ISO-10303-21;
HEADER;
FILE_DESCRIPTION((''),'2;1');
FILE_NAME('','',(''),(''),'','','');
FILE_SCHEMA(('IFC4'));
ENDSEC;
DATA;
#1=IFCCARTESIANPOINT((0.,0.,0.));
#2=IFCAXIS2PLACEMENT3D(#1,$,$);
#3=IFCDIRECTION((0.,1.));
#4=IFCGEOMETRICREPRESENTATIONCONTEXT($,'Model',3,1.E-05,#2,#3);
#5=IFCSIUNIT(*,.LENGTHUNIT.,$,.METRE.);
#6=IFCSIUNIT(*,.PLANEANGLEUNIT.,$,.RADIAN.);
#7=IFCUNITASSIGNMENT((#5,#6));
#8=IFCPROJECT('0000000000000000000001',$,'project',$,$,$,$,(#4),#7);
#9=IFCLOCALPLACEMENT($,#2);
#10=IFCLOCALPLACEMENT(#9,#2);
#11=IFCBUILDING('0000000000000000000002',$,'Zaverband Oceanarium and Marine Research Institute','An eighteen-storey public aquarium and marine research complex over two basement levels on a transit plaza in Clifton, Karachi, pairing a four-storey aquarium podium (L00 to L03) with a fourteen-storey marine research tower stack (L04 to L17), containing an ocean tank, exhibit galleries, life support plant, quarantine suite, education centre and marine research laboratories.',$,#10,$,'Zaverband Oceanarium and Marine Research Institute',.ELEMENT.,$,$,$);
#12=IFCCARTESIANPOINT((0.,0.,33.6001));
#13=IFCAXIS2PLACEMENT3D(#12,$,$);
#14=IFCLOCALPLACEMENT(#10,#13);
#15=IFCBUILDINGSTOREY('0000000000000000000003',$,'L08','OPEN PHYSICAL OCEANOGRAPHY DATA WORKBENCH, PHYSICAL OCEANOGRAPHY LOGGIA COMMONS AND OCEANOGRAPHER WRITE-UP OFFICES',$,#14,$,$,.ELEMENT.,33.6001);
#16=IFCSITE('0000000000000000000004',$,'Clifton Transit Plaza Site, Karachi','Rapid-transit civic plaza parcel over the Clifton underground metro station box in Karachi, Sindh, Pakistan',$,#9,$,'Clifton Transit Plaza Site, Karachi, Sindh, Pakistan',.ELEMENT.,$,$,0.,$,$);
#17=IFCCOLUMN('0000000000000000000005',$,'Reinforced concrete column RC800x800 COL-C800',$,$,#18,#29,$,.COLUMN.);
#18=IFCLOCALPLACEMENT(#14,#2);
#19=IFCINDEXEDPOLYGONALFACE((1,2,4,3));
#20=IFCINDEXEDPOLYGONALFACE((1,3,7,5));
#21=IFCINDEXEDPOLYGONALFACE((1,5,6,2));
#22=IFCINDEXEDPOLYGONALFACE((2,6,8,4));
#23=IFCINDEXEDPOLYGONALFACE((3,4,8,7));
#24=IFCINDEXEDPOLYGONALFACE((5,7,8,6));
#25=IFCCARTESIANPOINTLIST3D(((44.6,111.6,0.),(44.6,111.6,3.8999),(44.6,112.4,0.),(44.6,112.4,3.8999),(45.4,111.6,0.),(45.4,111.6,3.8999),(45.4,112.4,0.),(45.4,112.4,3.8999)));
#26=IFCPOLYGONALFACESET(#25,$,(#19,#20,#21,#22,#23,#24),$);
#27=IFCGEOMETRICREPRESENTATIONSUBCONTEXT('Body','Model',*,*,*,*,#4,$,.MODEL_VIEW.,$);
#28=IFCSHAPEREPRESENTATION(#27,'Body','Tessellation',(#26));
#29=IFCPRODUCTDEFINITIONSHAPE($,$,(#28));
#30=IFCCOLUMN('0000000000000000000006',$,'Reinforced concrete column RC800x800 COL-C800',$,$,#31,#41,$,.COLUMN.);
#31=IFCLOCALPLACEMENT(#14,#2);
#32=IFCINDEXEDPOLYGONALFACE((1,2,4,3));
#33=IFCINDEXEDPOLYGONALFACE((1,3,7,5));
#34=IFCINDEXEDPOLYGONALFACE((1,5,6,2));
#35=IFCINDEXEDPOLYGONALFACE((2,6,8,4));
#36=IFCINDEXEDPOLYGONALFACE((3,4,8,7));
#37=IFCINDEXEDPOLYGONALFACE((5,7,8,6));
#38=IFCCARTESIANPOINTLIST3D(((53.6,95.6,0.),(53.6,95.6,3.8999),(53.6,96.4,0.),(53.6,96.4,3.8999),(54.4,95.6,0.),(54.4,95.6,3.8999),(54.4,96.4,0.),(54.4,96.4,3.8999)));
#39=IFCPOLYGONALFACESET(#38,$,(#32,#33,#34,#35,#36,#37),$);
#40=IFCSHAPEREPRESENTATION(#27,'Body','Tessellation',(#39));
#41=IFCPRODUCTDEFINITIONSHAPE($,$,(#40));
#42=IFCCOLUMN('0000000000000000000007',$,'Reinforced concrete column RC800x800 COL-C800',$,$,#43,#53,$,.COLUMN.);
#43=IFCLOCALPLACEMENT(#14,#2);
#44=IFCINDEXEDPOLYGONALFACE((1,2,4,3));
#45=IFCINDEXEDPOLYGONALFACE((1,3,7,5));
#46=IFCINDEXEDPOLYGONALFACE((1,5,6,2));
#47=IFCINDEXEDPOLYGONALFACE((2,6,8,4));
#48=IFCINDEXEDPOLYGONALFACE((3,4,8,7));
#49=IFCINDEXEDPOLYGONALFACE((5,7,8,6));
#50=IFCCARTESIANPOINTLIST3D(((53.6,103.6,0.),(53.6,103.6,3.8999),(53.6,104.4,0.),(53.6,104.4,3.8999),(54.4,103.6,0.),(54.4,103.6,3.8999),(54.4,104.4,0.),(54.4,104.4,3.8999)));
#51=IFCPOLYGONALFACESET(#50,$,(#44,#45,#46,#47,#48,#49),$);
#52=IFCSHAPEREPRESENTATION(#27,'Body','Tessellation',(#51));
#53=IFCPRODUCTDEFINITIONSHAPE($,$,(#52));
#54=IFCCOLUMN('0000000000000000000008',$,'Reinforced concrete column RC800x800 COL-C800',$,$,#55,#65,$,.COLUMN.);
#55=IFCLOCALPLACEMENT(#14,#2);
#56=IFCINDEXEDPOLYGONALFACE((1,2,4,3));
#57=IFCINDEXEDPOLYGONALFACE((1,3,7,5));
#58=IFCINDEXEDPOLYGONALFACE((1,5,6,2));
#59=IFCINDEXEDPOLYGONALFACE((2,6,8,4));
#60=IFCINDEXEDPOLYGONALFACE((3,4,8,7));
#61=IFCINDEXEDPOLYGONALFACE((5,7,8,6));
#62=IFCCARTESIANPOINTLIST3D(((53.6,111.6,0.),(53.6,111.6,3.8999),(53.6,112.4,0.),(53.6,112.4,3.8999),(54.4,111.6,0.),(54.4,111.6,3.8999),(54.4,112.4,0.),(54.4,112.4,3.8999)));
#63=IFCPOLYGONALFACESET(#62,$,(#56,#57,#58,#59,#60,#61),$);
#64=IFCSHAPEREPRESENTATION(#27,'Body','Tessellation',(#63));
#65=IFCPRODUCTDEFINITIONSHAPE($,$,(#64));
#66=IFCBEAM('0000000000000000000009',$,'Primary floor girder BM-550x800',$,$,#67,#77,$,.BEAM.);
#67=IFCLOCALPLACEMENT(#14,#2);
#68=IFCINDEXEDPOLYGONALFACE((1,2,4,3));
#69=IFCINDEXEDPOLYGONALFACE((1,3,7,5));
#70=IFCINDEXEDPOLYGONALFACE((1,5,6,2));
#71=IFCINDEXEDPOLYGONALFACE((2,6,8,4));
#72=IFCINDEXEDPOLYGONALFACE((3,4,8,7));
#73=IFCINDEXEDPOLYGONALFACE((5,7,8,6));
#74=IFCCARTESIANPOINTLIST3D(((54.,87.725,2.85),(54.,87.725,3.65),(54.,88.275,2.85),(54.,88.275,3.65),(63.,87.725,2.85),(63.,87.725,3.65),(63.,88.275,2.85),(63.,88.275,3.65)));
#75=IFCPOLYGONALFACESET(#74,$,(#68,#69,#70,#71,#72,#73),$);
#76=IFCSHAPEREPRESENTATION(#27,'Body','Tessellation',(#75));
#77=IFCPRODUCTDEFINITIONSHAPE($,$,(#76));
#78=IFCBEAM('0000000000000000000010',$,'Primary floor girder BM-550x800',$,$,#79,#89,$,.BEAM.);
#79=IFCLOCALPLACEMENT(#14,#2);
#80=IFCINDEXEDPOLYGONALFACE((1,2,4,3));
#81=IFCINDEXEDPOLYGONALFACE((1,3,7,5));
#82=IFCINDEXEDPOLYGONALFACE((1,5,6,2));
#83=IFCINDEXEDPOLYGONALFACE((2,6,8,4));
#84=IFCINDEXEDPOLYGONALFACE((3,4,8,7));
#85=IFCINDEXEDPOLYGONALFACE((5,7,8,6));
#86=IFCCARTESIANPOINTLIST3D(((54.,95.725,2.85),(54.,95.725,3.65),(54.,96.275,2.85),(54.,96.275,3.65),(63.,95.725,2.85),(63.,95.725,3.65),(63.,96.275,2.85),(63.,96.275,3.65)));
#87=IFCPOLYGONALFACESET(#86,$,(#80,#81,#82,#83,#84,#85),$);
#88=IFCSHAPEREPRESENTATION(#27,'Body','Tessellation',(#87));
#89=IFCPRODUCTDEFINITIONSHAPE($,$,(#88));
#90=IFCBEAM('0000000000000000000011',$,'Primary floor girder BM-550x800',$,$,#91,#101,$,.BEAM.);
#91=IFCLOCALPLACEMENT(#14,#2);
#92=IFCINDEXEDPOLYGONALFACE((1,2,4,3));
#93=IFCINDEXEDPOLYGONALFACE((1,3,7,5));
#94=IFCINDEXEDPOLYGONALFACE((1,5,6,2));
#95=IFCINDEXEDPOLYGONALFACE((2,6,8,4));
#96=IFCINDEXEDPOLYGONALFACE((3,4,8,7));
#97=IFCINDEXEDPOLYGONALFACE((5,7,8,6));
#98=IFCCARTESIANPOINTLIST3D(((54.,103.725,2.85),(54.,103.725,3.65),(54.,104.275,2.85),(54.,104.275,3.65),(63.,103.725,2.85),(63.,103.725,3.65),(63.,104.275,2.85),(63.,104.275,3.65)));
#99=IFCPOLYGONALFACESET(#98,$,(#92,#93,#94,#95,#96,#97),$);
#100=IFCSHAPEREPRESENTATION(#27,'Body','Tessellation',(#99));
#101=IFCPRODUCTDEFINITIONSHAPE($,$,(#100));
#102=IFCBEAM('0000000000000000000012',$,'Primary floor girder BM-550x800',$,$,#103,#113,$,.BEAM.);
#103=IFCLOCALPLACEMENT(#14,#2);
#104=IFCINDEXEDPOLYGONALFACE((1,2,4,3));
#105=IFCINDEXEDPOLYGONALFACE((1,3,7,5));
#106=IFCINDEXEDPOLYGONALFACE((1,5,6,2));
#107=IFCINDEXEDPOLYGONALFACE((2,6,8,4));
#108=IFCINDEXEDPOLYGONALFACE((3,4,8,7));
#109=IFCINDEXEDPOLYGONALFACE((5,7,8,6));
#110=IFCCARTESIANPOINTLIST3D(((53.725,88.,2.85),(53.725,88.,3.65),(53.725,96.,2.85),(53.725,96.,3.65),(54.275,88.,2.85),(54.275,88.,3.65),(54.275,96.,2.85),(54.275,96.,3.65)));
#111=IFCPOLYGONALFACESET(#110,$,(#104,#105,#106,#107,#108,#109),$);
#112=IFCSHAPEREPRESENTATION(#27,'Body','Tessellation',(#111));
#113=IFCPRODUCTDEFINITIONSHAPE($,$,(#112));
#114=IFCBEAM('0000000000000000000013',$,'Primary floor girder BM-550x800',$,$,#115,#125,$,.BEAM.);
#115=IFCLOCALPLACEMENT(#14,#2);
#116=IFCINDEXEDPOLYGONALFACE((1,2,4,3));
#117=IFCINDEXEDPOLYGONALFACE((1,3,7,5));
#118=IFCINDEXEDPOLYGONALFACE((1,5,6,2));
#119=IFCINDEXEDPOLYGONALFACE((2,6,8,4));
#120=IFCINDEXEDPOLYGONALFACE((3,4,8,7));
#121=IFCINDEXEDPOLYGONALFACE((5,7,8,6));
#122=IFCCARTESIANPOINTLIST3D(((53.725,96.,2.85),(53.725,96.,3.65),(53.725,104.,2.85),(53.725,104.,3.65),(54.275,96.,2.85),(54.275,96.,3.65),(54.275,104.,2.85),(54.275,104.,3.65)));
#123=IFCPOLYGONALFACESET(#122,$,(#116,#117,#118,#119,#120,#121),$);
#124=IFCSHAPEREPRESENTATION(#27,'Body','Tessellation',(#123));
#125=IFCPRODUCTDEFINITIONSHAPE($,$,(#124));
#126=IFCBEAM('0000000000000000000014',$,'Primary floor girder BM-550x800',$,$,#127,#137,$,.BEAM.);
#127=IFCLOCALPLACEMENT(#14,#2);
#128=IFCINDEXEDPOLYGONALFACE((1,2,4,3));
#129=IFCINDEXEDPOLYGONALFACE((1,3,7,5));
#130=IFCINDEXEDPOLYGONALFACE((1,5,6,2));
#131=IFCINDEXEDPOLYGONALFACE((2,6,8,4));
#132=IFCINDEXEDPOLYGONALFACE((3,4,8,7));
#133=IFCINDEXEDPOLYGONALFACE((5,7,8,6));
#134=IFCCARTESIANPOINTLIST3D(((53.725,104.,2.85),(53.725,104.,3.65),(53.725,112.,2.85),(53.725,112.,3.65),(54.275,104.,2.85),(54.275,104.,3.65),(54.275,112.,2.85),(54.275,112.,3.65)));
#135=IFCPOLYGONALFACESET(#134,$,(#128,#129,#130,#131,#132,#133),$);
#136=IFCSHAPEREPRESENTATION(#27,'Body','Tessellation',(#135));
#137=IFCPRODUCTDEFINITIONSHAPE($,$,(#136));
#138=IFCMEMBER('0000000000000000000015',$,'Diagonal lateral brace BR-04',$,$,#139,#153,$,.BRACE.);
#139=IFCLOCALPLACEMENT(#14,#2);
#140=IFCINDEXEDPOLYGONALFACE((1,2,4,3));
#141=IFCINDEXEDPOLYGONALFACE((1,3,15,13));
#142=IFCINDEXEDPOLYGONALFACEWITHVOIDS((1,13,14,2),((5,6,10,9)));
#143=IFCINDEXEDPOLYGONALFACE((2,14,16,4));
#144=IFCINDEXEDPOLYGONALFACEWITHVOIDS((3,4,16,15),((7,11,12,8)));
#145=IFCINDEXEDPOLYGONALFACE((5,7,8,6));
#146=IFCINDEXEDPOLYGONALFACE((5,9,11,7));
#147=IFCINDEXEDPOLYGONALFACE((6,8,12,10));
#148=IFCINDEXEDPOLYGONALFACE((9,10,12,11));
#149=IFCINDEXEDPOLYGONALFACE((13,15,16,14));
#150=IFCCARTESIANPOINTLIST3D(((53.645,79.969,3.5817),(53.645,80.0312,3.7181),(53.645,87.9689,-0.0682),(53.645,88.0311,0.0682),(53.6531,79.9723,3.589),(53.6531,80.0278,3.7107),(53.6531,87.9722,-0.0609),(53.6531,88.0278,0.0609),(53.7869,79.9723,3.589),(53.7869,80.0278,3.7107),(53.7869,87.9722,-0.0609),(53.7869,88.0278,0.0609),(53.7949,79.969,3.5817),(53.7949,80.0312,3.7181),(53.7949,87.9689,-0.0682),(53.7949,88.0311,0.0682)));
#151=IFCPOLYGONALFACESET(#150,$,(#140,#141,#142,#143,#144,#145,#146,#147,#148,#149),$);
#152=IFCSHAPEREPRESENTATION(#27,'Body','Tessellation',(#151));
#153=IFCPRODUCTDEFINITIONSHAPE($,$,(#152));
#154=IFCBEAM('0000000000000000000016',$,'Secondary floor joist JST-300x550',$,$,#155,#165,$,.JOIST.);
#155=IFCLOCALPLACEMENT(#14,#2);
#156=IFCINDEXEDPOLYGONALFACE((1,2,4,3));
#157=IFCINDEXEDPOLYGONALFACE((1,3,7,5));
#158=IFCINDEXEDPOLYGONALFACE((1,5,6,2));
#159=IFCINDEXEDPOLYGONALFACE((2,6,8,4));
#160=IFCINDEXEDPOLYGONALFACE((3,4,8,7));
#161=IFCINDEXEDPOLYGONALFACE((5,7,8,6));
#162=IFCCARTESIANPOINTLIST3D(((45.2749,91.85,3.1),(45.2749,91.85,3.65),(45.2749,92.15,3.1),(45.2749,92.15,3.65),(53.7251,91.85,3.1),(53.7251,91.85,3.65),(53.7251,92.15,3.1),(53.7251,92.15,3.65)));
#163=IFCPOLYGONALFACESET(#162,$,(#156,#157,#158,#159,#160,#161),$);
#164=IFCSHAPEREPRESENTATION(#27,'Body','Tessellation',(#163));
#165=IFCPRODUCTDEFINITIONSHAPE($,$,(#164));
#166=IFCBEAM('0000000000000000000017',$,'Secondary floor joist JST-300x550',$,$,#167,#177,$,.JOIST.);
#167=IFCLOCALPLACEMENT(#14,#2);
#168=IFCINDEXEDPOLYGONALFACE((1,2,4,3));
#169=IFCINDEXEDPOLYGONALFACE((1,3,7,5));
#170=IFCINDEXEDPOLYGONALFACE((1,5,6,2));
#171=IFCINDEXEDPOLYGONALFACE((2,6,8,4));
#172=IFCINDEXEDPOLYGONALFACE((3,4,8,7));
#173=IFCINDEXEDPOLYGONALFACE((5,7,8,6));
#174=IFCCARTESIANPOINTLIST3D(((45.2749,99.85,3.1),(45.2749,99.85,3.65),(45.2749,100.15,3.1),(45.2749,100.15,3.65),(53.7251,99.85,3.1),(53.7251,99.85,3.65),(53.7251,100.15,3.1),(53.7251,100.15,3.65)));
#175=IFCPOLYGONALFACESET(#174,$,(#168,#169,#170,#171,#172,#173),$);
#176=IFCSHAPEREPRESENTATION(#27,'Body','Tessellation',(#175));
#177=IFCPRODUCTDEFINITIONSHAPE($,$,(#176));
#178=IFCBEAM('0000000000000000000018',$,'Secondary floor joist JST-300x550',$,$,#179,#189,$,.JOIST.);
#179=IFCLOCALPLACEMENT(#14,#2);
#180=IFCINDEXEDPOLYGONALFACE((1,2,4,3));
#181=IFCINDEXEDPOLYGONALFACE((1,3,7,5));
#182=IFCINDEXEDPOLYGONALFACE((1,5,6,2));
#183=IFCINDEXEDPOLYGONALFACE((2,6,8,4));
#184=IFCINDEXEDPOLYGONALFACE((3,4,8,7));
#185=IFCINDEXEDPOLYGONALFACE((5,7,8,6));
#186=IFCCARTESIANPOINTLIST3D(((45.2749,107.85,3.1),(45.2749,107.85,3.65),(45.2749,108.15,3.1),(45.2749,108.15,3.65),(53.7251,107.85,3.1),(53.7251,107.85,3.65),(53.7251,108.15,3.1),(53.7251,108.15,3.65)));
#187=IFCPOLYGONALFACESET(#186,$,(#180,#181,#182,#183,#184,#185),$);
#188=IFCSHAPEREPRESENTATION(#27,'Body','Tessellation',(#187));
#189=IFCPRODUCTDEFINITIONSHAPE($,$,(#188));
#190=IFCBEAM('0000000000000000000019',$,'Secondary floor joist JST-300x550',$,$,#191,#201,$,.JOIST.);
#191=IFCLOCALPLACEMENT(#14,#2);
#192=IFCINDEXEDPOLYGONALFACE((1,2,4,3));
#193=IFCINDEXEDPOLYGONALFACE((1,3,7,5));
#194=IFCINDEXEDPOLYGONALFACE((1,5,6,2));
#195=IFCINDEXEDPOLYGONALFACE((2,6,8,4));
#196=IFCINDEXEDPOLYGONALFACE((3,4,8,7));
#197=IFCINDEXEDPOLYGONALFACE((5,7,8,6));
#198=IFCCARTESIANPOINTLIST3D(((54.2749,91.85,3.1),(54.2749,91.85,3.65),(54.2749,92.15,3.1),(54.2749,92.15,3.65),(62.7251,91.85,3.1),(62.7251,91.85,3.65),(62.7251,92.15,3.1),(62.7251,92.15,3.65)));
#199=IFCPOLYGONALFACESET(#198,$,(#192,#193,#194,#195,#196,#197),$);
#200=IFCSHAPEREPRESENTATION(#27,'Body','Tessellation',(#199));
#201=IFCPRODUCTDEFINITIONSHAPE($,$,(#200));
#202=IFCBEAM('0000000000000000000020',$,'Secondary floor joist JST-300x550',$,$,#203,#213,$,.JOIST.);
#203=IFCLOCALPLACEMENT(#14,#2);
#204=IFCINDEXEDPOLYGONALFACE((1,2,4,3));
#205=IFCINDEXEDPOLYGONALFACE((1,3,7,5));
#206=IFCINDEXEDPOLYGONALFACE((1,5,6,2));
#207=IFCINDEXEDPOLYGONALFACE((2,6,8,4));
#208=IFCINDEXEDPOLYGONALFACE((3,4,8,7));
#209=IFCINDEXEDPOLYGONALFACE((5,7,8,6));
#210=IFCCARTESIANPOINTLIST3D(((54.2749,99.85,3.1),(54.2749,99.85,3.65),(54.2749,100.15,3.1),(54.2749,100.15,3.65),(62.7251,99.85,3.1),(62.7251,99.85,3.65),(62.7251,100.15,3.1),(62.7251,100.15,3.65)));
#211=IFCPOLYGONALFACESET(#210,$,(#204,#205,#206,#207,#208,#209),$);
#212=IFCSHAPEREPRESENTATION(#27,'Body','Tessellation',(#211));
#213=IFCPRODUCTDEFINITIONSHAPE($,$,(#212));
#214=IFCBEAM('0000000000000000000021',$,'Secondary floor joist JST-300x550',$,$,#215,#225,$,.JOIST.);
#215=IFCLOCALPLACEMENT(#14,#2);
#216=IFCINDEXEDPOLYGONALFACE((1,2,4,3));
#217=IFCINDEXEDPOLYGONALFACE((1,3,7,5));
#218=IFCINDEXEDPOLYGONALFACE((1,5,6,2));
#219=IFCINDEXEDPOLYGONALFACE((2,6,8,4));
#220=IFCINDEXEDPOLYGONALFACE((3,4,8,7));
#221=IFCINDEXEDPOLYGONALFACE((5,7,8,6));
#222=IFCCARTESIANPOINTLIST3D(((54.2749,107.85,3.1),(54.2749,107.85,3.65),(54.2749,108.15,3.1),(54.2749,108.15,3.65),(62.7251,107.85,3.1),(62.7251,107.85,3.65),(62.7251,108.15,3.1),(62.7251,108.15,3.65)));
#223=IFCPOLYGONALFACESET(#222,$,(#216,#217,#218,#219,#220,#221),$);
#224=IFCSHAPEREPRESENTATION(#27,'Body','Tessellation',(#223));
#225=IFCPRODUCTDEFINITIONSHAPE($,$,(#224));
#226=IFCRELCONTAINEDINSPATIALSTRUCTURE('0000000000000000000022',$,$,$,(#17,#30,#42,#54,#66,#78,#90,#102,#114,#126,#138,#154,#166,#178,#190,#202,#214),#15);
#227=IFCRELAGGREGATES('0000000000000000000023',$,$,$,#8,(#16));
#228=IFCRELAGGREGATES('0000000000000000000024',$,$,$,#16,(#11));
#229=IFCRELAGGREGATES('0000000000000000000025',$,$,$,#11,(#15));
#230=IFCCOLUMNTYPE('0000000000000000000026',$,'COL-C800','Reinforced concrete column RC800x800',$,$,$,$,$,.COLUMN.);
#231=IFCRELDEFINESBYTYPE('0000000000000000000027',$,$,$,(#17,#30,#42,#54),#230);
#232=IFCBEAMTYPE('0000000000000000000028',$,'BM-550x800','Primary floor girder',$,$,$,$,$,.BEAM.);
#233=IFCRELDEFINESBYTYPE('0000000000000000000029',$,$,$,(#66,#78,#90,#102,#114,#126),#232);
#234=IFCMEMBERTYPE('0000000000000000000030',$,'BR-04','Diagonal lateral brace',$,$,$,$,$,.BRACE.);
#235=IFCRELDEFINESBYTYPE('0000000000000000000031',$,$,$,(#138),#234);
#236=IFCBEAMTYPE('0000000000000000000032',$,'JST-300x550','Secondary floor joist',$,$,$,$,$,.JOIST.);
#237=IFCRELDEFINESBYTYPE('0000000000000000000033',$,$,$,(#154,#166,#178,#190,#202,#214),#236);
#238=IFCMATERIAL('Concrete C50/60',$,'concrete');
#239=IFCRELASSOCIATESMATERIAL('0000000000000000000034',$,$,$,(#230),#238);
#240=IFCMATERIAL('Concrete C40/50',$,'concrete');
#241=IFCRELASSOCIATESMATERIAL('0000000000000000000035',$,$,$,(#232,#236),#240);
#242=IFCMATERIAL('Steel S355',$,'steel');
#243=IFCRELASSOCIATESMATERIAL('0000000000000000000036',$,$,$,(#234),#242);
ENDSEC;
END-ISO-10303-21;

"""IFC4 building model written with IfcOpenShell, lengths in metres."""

from ifc_helpers import new_model, si_unit, direction, frame, origin, origin_2d, place, context, subcontext, project, spatial, rectangle, hollow_rectangle, extrude, material, material_profile, profile_set, type_object, element, save


model = new_model("IFC4")

# Units and contexts
model_context = context("Model", 3, precision=1e-05, world=origin(), true_north=direction((0.0, 1.0)))
body_context = subcontext(model_context, "Body", "Model", "MODEL_VIEW")
ifc_project = project(units=[si_unit("LENGTHUNIT", "METRE"), si_unit("PLANEANGLEUNIT", "RADIAN")], contexts=[model_context])

# Site, building, storey
site_placement = place(None, origin())
site = spatial("IfcSite", under=ifc_project, at=site_placement, Name="Clifton Transit Plaza Site, Karachi", Description="Rapid-transit civic plaza parcel over the Clifton underground metro station box in Karachi, Sindh, Pakistan", LongName="Clifton Transit Plaza Site, Karachi, Sindh, Pakistan", CompositionType="ELEMENT", RefElevation=0.0)
building_placement = place(site_placement, origin())
building = spatial("IfcBuilding", under=site, at=building_placement, Name="Zaverband Oceanarium and Marine Research Institute", Description="An eighteen-storey public aquarium and marine research complex over two basement levels on a transit plaza in Clifton, Karachi, pairing a four-storey aquarium podium (L00 to L03) with a fourteen-storey marine research tower stack (L04 to L17), containing an ocean tank, exhibit galleries, life support plant, quarantine suite, education centre and marine research laboratories.", LongName="Zaverband Oceanarium and Marine Research Institute", CompositionType="ELEMENT")
storey_placement = place(building_placement, frame((0.0, 0.0, 33.6001)))
storey = spatial("IfcBuildingStorey", under=building, at=storey_placement, Name="L08", Description="OPEN PHYSICAL OCEANOGRAPHY DATA WORKBENCH, PHYSICAL OCEANOGRAPHY LOGGIA COMMONS AND OCEANOGRAPHER WRITE-UP OFFICES", CompositionType="ELEMENT", Elevation=33.6001)

# Columns
ifc_material_1 = material(Name="Concrete C50/60", Category="concrete")
ifc_material_profile_1 = material_profile(ifc_material_1, rectangle(XDim=0.8, YDim=0.8, at=origin_2d()), Name="RC800x800")
ifc_profile_set_1 = profile_set([ifc_material_profile_1], Name="Concrete C50/60")
column_type = type_object("IfcColumnType", Name="COL-C800", Description="Reinforced concrete column RC800x800", PredefinedType="COLUMN", material=ifc_profile_set_1)
for number, where, z_axis, x_axis, name in (
    (1, (45.0, 112.0, 0.0), (0.0, 0.0, 1.0), (1.0, 0.0, 0.0), "Reinforced concrete column RC800x800 COL-C800"),
    (2, (54.0, 96.0, 0.0), (0.0, 0.0, 1.0), (1.0, 0.0, 0.0), "Reinforced concrete column RC800x800 COL-C800"),
    (3, (54.0, 104.0, 0.0), (0.0, 0.0, 1.0), (1.0, 0.0, 0.0), "Reinforced concrete column RC800x800 COL-C800"),
    (4, (54.0, 112.0, 0.0), (0.0, 0.0, 1.0), (1.0, 0.0, 0.0), "Reinforced concrete column RC800x800 COL-C800"),
):
    element("IfcColumn", number, at=place(storey_placement, frame(where, z_axis=z_axis, x_axis=x_axis)), inside=storey, type_object=column_type, Name=name, PredefinedType="COLUMN", context=body_context, shape_type="SweptSolid", body=[
        extrude(rectangle(XDim=0.8, YDim=0.8, at=origin_2d()), origin(), (0.0, 0.0, 1.0), 3.8999),
    ])

# Beams
ifc_material_2 = material(Name="Concrete C40/50", Category="concrete")
ifc_material_profile_2 = material_profile(ifc_material_2, rectangle(XDim=0.55, YDim=0.8, at=origin_2d()), Name="RC550x800")
ifc_profile_set_2 = profile_set([ifc_material_profile_2], Name="Concrete C40/50")
beam_type_1 = type_object("IfcBeamType", Name="BM-550x800", Description="Primary floor girder", PredefinedType="BEAM", material=ifc_profile_set_2)
for number, where, z_axis, x_axis, name in (
    (5, (54.0, 88.0, 3.25), (1.0, 0.0, 0.0), (0.0, 1.0, 0.0), "Primary floor girder BM-550x800"),
    (6, (54.0, 96.0, 3.25), (1.0, 0.0, 0.0), (0.0, 1.0, 0.0), "Primary floor girder BM-550x800"),
    (7, (54.0, 104.0, 3.25), (1.0, 0.0, 0.0), (0.0, 1.0, 0.0), "Primary floor girder BM-550x800"),
):
    element("IfcBeam", number, at=place(storey_placement, frame(where, z_axis=z_axis, x_axis=x_axis)), inside=storey, type_object=beam_type_1, Name=name, PredefinedType="BEAM", context=body_context, shape_type="SweptSolid", body=[
        extrude(rectangle(XDim=0.55, YDim=0.8, at=origin_2d()), origin(), (0.0, 0.0, 1.0), 9.0),
    ])
for number, where, z_axis, x_axis, name in (
    (8, (54.0, 88.0, 3.25), (0.0, 1.0, 0.0), (-1.0, 0.0, 0.0), "Primary floor girder BM-550x800"),
    (9, (54.0, 96.0, 3.25), (0.0, 1.0, 0.0), (-1.0, 0.0, 0.0), "Primary floor girder BM-550x800"),
    (10, (54.0, 104.0, 3.25), (0.0, 1.0, 0.0), (-1.0, 0.0, 0.0), "Primary floor girder BM-550x800"),
):
    element("IfcBeam", number, at=place(storey_placement, frame(where, z_axis=z_axis, x_axis=x_axis)), inside=storey, type_object=beam_type_1, Name=name, PredefinedType="BEAM", context=body_context, shape_type="SweptSolid", body=[
        extrude(rectangle(XDim=0.55, YDim=0.8, at=origin_2d()), origin(), (0.0, 0.0, 1.0), 8.0),
    ])

# Member
ifc_material_3 = material(Name="Steel S355", Category="steel")
ifc_material_profile_3 = material_profile(ifc_material_3, hollow_rectangle(XDim=0.1499, YDim=0.1499, WallThickness=0.0081, at=origin_2d()), Name="SHS150x150x8")
ifc_profile_set_3 = profile_set([ifc_material_profile_3], Name="Steel S355")
member_type = type_object("IfcMemberType", Name="BR-04", Description="Diagonal lateral brace", PredefinedType="BRACE", material=ifc_profile_set_3)
member_placement = place(storey_placement, frame((53.72, 88.0, 0.0), z_axis=(0.0, -0.909786, 0.415079), x_axis=(1.0, 0.0, 0.0)))
element("IfcMember", 11, at=member_placement, inside=storey, type_object=member_type, Name="Diagonal lateral brace BR-04", PredefinedType="BRACE", context=body_context, shape_type="SweptSolid", body=[
    extrude(hollow_rectangle(XDim=0.1499, YDim=0.1499, WallThickness=0.0081, at=origin_2d()), origin(), (0.0, 0.0, 1.0), 8.7932),
])

# Beams
ifc_material_profile_4 = material_profile(ifc_material_2, rectangle(XDim=0.3, YDim=0.55, at=origin_2d()), Name="RC300x550")
ifc_profile_set_4 = profile_set([ifc_material_profile_4], Name="Concrete C40/50")
beam_type_2 = type_object("IfcBeamType", Name="JST-300x550", Description="Secondary floor joist", PredefinedType="JOIST", material=ifc_profile_set_4)
for number, where, z_axis, x_axis, name in (
    (12, (45.2749, 92.0, 3.375), (1.0, 0.0, 0.0), (0.0, 1.0, 0.0), "Secondary floor joist JST-300x550"),
    (13, (45.2749, 100.0, 3.375), (1.0, 0.0, 0.0), (0.0, 1.0, 0.0), "Secondary floor joist JST-300x550"),
    (14, (45.2749, 108.0, 3.375), (1.0, 0.0, 0.0), (0.0, 1.0, 0.0), "Secondary floor joist JST-300x550"),
    (15, (54.2749, 92.0, 3.375), (1.0, 0.0, 0.0), (0.0, 1.0, 0.0), "Secondary floor joist JST-300x550"),
    (16, (54.2749, 100.0, 3.375), (1.0, 0.0, 0.0), (0.0, 1.0, 0.0), "Secondary floor joist JST-300x550"),
    (17, (54.2749, 108.0, 3.375), (1.0, 0.0, 0.0), (0.0, 1.0, 0.0), "Secondary floor joist JST-300x550"),
):
    element("IfcBeam", number, at=place(storey_placement, frame(where, z_axis=z_axis, x_axis=x_axis)), inside=storey, type_object=beam_type_2, Name=name, PredefinedType="JOIST", context=body_context, shape_type="SweptSolid", body=[
        extrude(rectangle(XDim=0.3, YDim=0.55, at=origin_2d()), origin(), (0.0, 0.0, 1.0), 8.4502),
    ])

save(model, "model.ifc")
